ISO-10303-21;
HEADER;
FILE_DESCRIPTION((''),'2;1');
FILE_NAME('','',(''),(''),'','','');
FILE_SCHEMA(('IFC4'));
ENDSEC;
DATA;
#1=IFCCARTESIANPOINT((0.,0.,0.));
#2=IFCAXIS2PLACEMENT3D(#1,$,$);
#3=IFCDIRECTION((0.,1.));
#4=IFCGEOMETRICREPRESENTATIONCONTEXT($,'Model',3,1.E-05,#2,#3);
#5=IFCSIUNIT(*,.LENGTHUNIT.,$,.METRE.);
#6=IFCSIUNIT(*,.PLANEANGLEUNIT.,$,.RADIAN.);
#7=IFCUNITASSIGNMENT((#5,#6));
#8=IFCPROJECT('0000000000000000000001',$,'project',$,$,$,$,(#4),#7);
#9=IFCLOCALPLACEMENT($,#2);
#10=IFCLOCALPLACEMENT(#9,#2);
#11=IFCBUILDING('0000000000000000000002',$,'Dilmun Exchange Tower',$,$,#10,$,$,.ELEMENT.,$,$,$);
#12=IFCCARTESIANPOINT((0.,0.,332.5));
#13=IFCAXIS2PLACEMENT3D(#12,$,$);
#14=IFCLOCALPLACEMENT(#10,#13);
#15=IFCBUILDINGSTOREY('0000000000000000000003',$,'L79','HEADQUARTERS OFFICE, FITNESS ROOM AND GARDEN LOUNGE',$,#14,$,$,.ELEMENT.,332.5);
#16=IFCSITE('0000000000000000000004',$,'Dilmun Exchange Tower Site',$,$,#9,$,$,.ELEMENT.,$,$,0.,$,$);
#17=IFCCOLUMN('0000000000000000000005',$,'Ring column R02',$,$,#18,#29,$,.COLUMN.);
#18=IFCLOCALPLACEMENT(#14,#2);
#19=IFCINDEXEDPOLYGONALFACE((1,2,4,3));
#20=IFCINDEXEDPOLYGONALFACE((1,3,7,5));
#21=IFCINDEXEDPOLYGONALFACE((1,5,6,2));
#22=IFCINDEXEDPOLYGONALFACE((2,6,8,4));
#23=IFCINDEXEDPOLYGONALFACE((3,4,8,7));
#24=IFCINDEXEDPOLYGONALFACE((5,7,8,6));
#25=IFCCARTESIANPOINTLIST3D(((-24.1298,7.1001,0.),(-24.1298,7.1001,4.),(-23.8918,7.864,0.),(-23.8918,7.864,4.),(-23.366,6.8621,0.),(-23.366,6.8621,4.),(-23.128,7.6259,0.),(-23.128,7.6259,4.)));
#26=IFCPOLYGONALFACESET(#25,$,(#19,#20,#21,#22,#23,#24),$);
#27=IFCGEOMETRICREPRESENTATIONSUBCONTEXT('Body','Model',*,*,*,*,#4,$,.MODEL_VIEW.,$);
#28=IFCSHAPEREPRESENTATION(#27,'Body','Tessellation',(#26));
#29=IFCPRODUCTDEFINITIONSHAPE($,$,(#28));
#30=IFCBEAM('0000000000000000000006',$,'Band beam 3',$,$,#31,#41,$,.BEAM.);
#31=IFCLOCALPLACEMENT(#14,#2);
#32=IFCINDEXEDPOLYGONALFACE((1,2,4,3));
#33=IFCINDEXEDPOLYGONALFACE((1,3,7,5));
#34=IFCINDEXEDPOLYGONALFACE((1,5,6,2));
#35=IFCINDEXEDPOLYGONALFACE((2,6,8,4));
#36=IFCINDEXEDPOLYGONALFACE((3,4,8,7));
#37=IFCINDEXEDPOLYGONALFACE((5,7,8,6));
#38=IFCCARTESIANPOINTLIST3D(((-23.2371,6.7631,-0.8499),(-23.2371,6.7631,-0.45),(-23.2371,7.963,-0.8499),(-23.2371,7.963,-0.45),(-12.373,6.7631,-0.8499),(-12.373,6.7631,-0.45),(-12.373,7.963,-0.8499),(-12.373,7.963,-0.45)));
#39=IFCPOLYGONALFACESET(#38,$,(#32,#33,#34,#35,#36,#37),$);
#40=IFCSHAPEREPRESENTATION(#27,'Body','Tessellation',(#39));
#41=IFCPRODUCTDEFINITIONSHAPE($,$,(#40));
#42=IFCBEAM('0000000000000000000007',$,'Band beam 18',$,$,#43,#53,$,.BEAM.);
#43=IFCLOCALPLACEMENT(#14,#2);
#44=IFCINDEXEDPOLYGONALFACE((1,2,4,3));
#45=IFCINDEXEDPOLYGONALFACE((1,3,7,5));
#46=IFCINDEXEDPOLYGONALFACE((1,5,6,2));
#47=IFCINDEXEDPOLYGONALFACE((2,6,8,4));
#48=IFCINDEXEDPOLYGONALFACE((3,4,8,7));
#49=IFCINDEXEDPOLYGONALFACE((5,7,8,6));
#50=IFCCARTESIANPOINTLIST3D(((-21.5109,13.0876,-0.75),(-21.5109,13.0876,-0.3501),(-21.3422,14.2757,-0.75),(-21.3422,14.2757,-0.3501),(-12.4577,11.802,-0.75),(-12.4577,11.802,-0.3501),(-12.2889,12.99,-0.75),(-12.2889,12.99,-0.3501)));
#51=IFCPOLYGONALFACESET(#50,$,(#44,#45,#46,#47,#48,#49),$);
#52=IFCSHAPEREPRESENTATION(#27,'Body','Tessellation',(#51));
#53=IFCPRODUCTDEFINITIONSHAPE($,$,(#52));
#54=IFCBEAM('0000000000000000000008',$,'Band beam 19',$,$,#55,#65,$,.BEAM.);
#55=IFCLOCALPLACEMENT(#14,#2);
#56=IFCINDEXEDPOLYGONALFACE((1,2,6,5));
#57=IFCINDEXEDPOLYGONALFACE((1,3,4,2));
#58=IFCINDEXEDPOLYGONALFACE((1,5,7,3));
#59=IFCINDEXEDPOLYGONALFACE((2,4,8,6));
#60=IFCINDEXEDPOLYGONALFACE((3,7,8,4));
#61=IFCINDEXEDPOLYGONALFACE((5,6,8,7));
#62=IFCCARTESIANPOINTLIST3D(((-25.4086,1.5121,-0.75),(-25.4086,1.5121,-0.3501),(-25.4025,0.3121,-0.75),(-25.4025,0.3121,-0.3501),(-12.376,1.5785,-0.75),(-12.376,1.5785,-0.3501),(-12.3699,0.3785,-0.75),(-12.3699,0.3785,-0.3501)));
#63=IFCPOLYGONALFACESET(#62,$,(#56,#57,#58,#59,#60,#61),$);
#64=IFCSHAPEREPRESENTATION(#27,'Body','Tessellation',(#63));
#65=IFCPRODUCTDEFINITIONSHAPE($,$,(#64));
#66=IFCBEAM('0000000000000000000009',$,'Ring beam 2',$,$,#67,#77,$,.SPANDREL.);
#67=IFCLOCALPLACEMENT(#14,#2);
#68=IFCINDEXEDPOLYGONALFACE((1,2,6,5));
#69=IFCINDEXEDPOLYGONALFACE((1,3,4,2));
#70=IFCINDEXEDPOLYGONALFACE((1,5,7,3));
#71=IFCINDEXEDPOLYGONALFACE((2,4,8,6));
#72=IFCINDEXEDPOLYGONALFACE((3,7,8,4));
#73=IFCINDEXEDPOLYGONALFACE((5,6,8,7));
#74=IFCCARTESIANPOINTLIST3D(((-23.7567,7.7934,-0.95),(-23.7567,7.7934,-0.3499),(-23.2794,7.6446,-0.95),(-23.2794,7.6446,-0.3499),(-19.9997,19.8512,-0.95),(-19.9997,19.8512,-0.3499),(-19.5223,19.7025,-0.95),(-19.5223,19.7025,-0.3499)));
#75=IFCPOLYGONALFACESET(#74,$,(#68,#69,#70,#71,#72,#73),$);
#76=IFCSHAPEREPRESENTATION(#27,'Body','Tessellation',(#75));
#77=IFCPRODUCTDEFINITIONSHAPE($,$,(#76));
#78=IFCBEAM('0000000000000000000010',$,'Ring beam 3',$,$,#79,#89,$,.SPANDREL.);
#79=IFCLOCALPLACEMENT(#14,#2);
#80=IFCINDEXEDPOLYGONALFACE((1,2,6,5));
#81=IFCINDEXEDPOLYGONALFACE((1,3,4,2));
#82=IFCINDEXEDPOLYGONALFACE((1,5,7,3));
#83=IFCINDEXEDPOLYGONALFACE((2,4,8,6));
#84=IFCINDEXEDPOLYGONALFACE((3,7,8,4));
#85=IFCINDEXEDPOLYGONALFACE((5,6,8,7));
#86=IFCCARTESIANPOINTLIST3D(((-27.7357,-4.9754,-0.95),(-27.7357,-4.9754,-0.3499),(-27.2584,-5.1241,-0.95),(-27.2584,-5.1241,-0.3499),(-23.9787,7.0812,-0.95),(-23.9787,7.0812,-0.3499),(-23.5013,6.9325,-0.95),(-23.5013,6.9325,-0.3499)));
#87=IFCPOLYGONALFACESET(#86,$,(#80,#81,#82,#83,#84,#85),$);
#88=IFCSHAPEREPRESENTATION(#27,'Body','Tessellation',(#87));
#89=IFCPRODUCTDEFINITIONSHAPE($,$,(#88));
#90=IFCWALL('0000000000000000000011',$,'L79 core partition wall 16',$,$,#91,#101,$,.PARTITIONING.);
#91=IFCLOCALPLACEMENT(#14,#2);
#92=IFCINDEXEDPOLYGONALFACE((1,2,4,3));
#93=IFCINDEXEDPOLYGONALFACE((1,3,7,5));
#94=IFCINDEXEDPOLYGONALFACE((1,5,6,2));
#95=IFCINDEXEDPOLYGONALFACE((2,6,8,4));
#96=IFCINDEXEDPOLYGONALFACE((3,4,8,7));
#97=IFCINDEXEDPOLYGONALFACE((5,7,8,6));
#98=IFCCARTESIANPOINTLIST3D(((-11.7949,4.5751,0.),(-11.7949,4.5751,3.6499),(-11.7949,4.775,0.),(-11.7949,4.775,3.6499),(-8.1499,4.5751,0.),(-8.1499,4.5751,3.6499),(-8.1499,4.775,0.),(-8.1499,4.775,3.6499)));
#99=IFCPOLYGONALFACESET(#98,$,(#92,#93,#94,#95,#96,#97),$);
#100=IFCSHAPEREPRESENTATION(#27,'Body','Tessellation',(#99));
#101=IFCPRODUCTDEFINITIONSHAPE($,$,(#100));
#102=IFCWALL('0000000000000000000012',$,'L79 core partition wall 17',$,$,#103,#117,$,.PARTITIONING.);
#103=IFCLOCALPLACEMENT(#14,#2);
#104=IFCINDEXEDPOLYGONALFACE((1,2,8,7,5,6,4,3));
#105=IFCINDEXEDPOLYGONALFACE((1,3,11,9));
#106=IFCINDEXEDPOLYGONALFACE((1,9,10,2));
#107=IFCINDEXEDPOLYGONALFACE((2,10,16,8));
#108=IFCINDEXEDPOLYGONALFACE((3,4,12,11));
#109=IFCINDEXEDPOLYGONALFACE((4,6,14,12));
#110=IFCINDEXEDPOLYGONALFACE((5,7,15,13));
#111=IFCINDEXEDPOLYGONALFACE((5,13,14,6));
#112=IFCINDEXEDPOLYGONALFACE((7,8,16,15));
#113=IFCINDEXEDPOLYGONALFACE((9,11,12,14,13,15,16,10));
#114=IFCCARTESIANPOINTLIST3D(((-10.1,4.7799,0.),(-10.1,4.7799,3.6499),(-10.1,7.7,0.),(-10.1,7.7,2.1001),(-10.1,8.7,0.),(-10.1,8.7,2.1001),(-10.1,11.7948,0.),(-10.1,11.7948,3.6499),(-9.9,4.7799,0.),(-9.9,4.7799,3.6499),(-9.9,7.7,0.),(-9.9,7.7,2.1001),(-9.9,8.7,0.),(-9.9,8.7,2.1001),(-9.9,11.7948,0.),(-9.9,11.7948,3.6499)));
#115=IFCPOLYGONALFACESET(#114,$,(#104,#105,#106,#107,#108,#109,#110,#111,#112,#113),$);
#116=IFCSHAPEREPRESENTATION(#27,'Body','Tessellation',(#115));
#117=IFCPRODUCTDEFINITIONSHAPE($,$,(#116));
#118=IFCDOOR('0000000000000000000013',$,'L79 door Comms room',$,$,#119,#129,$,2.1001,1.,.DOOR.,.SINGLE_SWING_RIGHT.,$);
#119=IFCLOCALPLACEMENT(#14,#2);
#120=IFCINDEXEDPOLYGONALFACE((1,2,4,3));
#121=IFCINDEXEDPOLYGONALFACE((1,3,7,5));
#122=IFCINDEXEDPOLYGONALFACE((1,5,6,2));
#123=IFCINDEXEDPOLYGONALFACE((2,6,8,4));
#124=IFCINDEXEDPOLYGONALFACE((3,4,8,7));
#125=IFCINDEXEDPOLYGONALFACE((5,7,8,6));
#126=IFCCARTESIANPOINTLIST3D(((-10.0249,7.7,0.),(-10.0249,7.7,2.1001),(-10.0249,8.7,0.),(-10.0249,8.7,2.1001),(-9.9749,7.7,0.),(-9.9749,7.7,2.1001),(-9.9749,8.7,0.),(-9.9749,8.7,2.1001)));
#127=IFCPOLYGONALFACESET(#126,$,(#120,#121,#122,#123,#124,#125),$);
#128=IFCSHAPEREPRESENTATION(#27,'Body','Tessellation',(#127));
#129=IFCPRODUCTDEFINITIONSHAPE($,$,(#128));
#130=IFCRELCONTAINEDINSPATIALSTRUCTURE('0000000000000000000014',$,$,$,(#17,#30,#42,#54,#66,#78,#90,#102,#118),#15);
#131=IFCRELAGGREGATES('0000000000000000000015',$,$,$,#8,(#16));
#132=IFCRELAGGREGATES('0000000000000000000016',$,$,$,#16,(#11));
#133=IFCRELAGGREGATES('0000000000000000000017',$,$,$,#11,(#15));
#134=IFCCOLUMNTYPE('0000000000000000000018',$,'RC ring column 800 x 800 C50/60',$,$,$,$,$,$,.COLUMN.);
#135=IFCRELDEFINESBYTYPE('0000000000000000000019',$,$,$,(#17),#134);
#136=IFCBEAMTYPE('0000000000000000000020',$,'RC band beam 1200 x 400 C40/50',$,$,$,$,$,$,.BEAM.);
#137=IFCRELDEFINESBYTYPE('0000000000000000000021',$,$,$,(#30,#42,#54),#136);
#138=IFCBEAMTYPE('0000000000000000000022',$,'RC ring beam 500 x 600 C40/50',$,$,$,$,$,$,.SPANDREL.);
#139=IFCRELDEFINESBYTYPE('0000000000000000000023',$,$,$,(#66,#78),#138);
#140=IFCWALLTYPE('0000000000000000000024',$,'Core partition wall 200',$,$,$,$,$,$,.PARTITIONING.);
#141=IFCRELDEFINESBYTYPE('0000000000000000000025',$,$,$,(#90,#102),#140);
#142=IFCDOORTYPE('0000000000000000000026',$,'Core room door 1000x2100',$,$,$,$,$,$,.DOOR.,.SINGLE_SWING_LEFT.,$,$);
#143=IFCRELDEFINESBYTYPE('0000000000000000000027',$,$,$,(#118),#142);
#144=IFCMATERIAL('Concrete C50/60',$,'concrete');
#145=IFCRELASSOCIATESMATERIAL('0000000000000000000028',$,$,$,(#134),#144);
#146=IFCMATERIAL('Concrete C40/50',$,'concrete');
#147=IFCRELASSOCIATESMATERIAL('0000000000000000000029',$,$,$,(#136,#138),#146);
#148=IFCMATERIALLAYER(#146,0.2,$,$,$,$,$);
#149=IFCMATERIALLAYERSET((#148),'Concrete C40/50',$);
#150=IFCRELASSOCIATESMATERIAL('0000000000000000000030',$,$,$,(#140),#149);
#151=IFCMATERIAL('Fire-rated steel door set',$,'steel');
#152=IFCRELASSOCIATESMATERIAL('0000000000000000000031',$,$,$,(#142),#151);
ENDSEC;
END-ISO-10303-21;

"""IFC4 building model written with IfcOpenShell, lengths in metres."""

from ifc_helpers import new_model, si_unit, direction, frame, frame_2d, origin, origin_2d, place, context, subcontext, project, spatial, rectangle, extrude, material, layer, layer_set, material_profile, profile_set, type_object, element, fill, save


model = new_model("IFC4")

# Units and contexts
model_context = context("Model", 3, precision=1e-05, world=origin(), true_north=direction((0.0, 1.0)))
body_context = subcontext(model_context, "Body", "Model", "MODEL_VIEW")
ifc_project = project(units=[si_unit("LENGTHUNIT", "METRE"), si_unit("PLANEANGLEUNIT", "RADIAN")], contexts=[model_context])

# Site, building, storey
site_placement = place(None, origin())
site = spatial("IfcSite", under=ifc_project, at=site_placement, Name="Dilmun Exchange Tower Site", CompositionType="ELEMENT", RefElevation=0.0)
building_placement = place(site_placement, origin())
building = spatial("IfcBuilding", under=site, at=building_placement, Name="Dilmun Exchange Tower", CompositionType="ELEMENT")
storey_placement = place(building_placement, frame((0.0, 0.0, 332.5)))
storey = spatial("IfcBuildingStorey", under=building, at=storey_placement, Name="L79", Description="HEADQUARTERS OFFICE, FITNESS ROOM AND GARDEN LOUNGE", CompositionType="ELEMENT", Elevation=332.5)

# Column
ifc_material_1 = material(Name="Concrete C50/60", Category="concrete")
ifc_material_profile_1 = material_profile(ifc_material_1, rectangle(XDim=0.8, YDim=0.8, at=origin_2d()), Name="800 x 800")
ifc_profile_set_1 = profile_set([ifc_material_profile_1], Name="Concrete C50/60")
column_type = type_object("IfcColumnType", Name="RC ring column 800 x 800 C50/60", PredefinedType="COLUMN", material=ifc_profile_set_1)
column_placement = place(storey_placement, frame((-23.6289, 7.363, 0.0), z_axis=(0.0, 0.0, 1.0), x_axis=(0.297503, 0.954721, 0.0)))
element("IfcColumn", 1, at=column_placement, inside=storey, type_object=column_type, Name="Ring column R02", PredefinedType="COLUMN", context=body_context, shape_type="SweptSolid", body=[
    extrude(rectangle(XDim=0.8, YDim=0.8, at=origin_2d()), origin(), (0.0, 0.0, 1.0), 4.0),
])

# Beams
ifc_material_2 = material(Name="Concrete C40/50", Category="concrete")
ifc_material_profile_2 = material_profile(ifc_material_2, rectangle(XDim=1.2, YDim=0.3999, at=origin_2d()), Name="1200 x 400")
ifc_profile_set_2 = profile_set([ifc_material_profile_2], Name="Concrete C40/50")
beam_type_1 = type_object("IfcBeamType", Name="RC band beam 1200 x 400 C40/50", PredefinedType="BEAM", material=ifc_profile_set_2)
beam_1_placement = place(storey_placement, frame((-23.2371, 7.363, -0.6499), z_axis=(1.0, 0.0, 0.0), x_axis=(0.0, 1.0, 0.0)))
element("IfcBeam", 2, at=beam_1_placement, inside=storey, type_object=beam_type_1, Name="Band beam 3", PredefinedType="BEAM", context=body_context, shape_type="SweptSolid", body=[
    extrude(rectangle(XDim=1.2, YDim=0.3999, at=origin_2d()), origin(), (0.0, 0.0, 1.0), 10.864),
])
beam_2_placement = place(storey_placement, frame((-21.4265, 13.6816, -0.55), z_axis=(0.990067, -0.140599, 0.0), x_axis=(0.140599, 0.990067, 0.0)))
element("IfcBeam", 3, at=beam_2_placement, inside=storey, type_object=beam_type_1, Name="Band beam 18", PredefinedType="BEAM", context=body_context, shape_type="SweptSolid", body=[
    extrude(rectangle(XDim=1.2, YDim=0.3999, at=origin_2d()), origin(), (0.0, 0.0, 1.0), 9.144),
])
beam_3_placement = place(storey_placement, frame((-25.4055, 0.9121, -0.55), z_axis=(0.999987, 0.005095, 0.0), x_axis=(-0.005095, 0.999987, 0.0)))
element("IfcBeam", 4, at=beam_3_placement, inside=storey, type_object=beam_type_1, Name="Band beam 19", PredefinedType="BEAM", context=body_context, shape_type="SweptSolid", body=[
    extrude(rectangle(XDim=1.2, YDim=0.3999, at=origin_2d()), origin(), (0.0, 0.0, 1.0), 13.0327),
])
ifc_material_profile_3 = material_profile(ifc_material_2, rectangle(XDim=0.5, YDim=0.6001, at=origin_2d()), Name="500 x 600")
ifc_profile_set_3 = profile_set([ifc_material_profile_3], Name="Concrete C40/50")
beam_type_2 = type_object("IfcBeamType", Name="RC ring beam 500 x 600 C40/50", PredefinedType="SPANDREL", material=ifc_profile_set_3)
beam_4_placement = place(storey_placement, frame((-19.761, 19.7769, -0.6499), z_axis=(-0.297481, -0.954728, 0.0), x_axis=(0.954728, -0.297481, 0.0)))
element("IfcBeam", 5, at=beam_4_placement, inside=storey, type_object=beam_type_2, Name="Ring beam 2", PredefinedType="SPANDREL", context=body_context, shape_type="SweptSolid", body=[
    extrude(rectangle(XDim=0.5, YDim=0.6001, at=origin_2d()), origin(), (0.0, 0.0, 1.0), 12.6296),
])
beam_5_placement = place(storey_placement, frame((-23.74, 7.0068, -0.6499), z_axis=(-0.297509, -0.954719, 0.0), x_axis=(0.954719, -0.297509, 0.0)))
element("IfcBeam", 6, at=beam_5_placement, inside=storey, type_object=beam_type_2, Name="Ring beam 3", PredefinedType="SPANDREL", context=body_context, shape_type="SweptSolid", body=[
    extrude(rectangle(XDim=0.5, YDim=0.6001, at=origin_2d()), origin(), (0.0, 0.0, 1.0), 12.6284),
])

# Wall
ifc_layer_1 = layer(ifc_material_2, 0.2)
ifc_layer_set_1 = layer_set([ifc_layer_1], Name="Concrete C40/50")
wall_type_1 = type_object("IfcWallType", Name="Core partition wall 200", PredefinedType="PARTITIONING", material=ifc_layer_set_1)
wall_1_placement = place(storey_placement, frame((-11.7949, 4.675, 0.0), z_axis=(0.0, 0.0, 1.0), x_axis=(1.0, 0.0, 0.0)))
element("IfcWall", 7, at=wall_1_placement, inside=storey, type_object=wall_type_1, Name="L79 core partition wall 16", PredefinedType="PARTITIONING", context=body_context, shape_type="SweptSolid", body=[
    extrude(rectangle(XDim=3.645, YDim=0.2, at=frame_2d((1.8225, 0.0))), origin(), (0.0, 0.0, 1.0), 3.6499),
])

# Wall, opening, door
wall_2_placement = place(storey_placement, frame((-10.0, 4.78, 0.0), z_axis=(0.0, 0.0, 1.0), x_axis=(0.0, 1.0, 0.0)))
wall_2 = element("IfcWall", 8, at=wall_2_placement, inside=storey, type_object=wall_type_1, Name="L79 core partition wall 17", PredefinedType="PARTITIONING", context=body_context, shape_type="SweptSolid", body=[
    extrude(rectangle(XDim=7.0149, YDim=0.2, at=frame_2d((3.5073, 0.0))), origin(), (0.0, 0.0, 1.0), 3.6499),
])
opening_1_placement = place(wall_2_placement, frame((2.9199, 0.0, 0.0)))
opening_1 = element("IfcOpeningElement", 9, at=opening_1_placement, cuts=wall_2, PredefinedType="OPENING", context=body_context, shape_type="SweptSolid", body=[
    extrude(rectangle(XDim=1.0, YDim=2.1001, at=frame_2d((0.5, 1.05))), frame((0.0, 0.1099, 0.0), z_axis=(0.0, -1.0, 0.0), x_axis=(1.0, 0.0, 0.0)), (0.0, 0.0, 1.0), 0.22),
])
ifc_material_3 = material(Name="Fire-rated steel door set", Category="steel")
door_type_1 = type_object("IfcDoorType", Name="Core room door 1000x2100", OperationType="SINGLE_SWING_LEFT", PredefinedType="DOOR", material=ifc_material_3)
door_1_placement = place(opening_1_placement, origin())
door_1 = element("IfcDoor", 10, at=door_1_placement, inside=storey, type_object=door_type_1, Name="L79 door Comms room", OperationType="SINGLE_SWING_RIGHT", OverallHeight=2.1001, OverallWidth=1.0, PredefinedType="DOOR", context=body_context, shape_type="SweptSolid", body=[
    extrude(rectangle(XDim=1.0, YDim=2.1001, at=frame_2d((0.5, 1.05))), frame((0.0, 0.0249, 0.0), z_axis=(0.0, -1.0, 0.0), x_axis=(1.0, 0.0, 0.0)), (0.0, 0.0, 1.0), 0.05),
])
fill(opening_1, door_1)

save(model, "model.ifc")
